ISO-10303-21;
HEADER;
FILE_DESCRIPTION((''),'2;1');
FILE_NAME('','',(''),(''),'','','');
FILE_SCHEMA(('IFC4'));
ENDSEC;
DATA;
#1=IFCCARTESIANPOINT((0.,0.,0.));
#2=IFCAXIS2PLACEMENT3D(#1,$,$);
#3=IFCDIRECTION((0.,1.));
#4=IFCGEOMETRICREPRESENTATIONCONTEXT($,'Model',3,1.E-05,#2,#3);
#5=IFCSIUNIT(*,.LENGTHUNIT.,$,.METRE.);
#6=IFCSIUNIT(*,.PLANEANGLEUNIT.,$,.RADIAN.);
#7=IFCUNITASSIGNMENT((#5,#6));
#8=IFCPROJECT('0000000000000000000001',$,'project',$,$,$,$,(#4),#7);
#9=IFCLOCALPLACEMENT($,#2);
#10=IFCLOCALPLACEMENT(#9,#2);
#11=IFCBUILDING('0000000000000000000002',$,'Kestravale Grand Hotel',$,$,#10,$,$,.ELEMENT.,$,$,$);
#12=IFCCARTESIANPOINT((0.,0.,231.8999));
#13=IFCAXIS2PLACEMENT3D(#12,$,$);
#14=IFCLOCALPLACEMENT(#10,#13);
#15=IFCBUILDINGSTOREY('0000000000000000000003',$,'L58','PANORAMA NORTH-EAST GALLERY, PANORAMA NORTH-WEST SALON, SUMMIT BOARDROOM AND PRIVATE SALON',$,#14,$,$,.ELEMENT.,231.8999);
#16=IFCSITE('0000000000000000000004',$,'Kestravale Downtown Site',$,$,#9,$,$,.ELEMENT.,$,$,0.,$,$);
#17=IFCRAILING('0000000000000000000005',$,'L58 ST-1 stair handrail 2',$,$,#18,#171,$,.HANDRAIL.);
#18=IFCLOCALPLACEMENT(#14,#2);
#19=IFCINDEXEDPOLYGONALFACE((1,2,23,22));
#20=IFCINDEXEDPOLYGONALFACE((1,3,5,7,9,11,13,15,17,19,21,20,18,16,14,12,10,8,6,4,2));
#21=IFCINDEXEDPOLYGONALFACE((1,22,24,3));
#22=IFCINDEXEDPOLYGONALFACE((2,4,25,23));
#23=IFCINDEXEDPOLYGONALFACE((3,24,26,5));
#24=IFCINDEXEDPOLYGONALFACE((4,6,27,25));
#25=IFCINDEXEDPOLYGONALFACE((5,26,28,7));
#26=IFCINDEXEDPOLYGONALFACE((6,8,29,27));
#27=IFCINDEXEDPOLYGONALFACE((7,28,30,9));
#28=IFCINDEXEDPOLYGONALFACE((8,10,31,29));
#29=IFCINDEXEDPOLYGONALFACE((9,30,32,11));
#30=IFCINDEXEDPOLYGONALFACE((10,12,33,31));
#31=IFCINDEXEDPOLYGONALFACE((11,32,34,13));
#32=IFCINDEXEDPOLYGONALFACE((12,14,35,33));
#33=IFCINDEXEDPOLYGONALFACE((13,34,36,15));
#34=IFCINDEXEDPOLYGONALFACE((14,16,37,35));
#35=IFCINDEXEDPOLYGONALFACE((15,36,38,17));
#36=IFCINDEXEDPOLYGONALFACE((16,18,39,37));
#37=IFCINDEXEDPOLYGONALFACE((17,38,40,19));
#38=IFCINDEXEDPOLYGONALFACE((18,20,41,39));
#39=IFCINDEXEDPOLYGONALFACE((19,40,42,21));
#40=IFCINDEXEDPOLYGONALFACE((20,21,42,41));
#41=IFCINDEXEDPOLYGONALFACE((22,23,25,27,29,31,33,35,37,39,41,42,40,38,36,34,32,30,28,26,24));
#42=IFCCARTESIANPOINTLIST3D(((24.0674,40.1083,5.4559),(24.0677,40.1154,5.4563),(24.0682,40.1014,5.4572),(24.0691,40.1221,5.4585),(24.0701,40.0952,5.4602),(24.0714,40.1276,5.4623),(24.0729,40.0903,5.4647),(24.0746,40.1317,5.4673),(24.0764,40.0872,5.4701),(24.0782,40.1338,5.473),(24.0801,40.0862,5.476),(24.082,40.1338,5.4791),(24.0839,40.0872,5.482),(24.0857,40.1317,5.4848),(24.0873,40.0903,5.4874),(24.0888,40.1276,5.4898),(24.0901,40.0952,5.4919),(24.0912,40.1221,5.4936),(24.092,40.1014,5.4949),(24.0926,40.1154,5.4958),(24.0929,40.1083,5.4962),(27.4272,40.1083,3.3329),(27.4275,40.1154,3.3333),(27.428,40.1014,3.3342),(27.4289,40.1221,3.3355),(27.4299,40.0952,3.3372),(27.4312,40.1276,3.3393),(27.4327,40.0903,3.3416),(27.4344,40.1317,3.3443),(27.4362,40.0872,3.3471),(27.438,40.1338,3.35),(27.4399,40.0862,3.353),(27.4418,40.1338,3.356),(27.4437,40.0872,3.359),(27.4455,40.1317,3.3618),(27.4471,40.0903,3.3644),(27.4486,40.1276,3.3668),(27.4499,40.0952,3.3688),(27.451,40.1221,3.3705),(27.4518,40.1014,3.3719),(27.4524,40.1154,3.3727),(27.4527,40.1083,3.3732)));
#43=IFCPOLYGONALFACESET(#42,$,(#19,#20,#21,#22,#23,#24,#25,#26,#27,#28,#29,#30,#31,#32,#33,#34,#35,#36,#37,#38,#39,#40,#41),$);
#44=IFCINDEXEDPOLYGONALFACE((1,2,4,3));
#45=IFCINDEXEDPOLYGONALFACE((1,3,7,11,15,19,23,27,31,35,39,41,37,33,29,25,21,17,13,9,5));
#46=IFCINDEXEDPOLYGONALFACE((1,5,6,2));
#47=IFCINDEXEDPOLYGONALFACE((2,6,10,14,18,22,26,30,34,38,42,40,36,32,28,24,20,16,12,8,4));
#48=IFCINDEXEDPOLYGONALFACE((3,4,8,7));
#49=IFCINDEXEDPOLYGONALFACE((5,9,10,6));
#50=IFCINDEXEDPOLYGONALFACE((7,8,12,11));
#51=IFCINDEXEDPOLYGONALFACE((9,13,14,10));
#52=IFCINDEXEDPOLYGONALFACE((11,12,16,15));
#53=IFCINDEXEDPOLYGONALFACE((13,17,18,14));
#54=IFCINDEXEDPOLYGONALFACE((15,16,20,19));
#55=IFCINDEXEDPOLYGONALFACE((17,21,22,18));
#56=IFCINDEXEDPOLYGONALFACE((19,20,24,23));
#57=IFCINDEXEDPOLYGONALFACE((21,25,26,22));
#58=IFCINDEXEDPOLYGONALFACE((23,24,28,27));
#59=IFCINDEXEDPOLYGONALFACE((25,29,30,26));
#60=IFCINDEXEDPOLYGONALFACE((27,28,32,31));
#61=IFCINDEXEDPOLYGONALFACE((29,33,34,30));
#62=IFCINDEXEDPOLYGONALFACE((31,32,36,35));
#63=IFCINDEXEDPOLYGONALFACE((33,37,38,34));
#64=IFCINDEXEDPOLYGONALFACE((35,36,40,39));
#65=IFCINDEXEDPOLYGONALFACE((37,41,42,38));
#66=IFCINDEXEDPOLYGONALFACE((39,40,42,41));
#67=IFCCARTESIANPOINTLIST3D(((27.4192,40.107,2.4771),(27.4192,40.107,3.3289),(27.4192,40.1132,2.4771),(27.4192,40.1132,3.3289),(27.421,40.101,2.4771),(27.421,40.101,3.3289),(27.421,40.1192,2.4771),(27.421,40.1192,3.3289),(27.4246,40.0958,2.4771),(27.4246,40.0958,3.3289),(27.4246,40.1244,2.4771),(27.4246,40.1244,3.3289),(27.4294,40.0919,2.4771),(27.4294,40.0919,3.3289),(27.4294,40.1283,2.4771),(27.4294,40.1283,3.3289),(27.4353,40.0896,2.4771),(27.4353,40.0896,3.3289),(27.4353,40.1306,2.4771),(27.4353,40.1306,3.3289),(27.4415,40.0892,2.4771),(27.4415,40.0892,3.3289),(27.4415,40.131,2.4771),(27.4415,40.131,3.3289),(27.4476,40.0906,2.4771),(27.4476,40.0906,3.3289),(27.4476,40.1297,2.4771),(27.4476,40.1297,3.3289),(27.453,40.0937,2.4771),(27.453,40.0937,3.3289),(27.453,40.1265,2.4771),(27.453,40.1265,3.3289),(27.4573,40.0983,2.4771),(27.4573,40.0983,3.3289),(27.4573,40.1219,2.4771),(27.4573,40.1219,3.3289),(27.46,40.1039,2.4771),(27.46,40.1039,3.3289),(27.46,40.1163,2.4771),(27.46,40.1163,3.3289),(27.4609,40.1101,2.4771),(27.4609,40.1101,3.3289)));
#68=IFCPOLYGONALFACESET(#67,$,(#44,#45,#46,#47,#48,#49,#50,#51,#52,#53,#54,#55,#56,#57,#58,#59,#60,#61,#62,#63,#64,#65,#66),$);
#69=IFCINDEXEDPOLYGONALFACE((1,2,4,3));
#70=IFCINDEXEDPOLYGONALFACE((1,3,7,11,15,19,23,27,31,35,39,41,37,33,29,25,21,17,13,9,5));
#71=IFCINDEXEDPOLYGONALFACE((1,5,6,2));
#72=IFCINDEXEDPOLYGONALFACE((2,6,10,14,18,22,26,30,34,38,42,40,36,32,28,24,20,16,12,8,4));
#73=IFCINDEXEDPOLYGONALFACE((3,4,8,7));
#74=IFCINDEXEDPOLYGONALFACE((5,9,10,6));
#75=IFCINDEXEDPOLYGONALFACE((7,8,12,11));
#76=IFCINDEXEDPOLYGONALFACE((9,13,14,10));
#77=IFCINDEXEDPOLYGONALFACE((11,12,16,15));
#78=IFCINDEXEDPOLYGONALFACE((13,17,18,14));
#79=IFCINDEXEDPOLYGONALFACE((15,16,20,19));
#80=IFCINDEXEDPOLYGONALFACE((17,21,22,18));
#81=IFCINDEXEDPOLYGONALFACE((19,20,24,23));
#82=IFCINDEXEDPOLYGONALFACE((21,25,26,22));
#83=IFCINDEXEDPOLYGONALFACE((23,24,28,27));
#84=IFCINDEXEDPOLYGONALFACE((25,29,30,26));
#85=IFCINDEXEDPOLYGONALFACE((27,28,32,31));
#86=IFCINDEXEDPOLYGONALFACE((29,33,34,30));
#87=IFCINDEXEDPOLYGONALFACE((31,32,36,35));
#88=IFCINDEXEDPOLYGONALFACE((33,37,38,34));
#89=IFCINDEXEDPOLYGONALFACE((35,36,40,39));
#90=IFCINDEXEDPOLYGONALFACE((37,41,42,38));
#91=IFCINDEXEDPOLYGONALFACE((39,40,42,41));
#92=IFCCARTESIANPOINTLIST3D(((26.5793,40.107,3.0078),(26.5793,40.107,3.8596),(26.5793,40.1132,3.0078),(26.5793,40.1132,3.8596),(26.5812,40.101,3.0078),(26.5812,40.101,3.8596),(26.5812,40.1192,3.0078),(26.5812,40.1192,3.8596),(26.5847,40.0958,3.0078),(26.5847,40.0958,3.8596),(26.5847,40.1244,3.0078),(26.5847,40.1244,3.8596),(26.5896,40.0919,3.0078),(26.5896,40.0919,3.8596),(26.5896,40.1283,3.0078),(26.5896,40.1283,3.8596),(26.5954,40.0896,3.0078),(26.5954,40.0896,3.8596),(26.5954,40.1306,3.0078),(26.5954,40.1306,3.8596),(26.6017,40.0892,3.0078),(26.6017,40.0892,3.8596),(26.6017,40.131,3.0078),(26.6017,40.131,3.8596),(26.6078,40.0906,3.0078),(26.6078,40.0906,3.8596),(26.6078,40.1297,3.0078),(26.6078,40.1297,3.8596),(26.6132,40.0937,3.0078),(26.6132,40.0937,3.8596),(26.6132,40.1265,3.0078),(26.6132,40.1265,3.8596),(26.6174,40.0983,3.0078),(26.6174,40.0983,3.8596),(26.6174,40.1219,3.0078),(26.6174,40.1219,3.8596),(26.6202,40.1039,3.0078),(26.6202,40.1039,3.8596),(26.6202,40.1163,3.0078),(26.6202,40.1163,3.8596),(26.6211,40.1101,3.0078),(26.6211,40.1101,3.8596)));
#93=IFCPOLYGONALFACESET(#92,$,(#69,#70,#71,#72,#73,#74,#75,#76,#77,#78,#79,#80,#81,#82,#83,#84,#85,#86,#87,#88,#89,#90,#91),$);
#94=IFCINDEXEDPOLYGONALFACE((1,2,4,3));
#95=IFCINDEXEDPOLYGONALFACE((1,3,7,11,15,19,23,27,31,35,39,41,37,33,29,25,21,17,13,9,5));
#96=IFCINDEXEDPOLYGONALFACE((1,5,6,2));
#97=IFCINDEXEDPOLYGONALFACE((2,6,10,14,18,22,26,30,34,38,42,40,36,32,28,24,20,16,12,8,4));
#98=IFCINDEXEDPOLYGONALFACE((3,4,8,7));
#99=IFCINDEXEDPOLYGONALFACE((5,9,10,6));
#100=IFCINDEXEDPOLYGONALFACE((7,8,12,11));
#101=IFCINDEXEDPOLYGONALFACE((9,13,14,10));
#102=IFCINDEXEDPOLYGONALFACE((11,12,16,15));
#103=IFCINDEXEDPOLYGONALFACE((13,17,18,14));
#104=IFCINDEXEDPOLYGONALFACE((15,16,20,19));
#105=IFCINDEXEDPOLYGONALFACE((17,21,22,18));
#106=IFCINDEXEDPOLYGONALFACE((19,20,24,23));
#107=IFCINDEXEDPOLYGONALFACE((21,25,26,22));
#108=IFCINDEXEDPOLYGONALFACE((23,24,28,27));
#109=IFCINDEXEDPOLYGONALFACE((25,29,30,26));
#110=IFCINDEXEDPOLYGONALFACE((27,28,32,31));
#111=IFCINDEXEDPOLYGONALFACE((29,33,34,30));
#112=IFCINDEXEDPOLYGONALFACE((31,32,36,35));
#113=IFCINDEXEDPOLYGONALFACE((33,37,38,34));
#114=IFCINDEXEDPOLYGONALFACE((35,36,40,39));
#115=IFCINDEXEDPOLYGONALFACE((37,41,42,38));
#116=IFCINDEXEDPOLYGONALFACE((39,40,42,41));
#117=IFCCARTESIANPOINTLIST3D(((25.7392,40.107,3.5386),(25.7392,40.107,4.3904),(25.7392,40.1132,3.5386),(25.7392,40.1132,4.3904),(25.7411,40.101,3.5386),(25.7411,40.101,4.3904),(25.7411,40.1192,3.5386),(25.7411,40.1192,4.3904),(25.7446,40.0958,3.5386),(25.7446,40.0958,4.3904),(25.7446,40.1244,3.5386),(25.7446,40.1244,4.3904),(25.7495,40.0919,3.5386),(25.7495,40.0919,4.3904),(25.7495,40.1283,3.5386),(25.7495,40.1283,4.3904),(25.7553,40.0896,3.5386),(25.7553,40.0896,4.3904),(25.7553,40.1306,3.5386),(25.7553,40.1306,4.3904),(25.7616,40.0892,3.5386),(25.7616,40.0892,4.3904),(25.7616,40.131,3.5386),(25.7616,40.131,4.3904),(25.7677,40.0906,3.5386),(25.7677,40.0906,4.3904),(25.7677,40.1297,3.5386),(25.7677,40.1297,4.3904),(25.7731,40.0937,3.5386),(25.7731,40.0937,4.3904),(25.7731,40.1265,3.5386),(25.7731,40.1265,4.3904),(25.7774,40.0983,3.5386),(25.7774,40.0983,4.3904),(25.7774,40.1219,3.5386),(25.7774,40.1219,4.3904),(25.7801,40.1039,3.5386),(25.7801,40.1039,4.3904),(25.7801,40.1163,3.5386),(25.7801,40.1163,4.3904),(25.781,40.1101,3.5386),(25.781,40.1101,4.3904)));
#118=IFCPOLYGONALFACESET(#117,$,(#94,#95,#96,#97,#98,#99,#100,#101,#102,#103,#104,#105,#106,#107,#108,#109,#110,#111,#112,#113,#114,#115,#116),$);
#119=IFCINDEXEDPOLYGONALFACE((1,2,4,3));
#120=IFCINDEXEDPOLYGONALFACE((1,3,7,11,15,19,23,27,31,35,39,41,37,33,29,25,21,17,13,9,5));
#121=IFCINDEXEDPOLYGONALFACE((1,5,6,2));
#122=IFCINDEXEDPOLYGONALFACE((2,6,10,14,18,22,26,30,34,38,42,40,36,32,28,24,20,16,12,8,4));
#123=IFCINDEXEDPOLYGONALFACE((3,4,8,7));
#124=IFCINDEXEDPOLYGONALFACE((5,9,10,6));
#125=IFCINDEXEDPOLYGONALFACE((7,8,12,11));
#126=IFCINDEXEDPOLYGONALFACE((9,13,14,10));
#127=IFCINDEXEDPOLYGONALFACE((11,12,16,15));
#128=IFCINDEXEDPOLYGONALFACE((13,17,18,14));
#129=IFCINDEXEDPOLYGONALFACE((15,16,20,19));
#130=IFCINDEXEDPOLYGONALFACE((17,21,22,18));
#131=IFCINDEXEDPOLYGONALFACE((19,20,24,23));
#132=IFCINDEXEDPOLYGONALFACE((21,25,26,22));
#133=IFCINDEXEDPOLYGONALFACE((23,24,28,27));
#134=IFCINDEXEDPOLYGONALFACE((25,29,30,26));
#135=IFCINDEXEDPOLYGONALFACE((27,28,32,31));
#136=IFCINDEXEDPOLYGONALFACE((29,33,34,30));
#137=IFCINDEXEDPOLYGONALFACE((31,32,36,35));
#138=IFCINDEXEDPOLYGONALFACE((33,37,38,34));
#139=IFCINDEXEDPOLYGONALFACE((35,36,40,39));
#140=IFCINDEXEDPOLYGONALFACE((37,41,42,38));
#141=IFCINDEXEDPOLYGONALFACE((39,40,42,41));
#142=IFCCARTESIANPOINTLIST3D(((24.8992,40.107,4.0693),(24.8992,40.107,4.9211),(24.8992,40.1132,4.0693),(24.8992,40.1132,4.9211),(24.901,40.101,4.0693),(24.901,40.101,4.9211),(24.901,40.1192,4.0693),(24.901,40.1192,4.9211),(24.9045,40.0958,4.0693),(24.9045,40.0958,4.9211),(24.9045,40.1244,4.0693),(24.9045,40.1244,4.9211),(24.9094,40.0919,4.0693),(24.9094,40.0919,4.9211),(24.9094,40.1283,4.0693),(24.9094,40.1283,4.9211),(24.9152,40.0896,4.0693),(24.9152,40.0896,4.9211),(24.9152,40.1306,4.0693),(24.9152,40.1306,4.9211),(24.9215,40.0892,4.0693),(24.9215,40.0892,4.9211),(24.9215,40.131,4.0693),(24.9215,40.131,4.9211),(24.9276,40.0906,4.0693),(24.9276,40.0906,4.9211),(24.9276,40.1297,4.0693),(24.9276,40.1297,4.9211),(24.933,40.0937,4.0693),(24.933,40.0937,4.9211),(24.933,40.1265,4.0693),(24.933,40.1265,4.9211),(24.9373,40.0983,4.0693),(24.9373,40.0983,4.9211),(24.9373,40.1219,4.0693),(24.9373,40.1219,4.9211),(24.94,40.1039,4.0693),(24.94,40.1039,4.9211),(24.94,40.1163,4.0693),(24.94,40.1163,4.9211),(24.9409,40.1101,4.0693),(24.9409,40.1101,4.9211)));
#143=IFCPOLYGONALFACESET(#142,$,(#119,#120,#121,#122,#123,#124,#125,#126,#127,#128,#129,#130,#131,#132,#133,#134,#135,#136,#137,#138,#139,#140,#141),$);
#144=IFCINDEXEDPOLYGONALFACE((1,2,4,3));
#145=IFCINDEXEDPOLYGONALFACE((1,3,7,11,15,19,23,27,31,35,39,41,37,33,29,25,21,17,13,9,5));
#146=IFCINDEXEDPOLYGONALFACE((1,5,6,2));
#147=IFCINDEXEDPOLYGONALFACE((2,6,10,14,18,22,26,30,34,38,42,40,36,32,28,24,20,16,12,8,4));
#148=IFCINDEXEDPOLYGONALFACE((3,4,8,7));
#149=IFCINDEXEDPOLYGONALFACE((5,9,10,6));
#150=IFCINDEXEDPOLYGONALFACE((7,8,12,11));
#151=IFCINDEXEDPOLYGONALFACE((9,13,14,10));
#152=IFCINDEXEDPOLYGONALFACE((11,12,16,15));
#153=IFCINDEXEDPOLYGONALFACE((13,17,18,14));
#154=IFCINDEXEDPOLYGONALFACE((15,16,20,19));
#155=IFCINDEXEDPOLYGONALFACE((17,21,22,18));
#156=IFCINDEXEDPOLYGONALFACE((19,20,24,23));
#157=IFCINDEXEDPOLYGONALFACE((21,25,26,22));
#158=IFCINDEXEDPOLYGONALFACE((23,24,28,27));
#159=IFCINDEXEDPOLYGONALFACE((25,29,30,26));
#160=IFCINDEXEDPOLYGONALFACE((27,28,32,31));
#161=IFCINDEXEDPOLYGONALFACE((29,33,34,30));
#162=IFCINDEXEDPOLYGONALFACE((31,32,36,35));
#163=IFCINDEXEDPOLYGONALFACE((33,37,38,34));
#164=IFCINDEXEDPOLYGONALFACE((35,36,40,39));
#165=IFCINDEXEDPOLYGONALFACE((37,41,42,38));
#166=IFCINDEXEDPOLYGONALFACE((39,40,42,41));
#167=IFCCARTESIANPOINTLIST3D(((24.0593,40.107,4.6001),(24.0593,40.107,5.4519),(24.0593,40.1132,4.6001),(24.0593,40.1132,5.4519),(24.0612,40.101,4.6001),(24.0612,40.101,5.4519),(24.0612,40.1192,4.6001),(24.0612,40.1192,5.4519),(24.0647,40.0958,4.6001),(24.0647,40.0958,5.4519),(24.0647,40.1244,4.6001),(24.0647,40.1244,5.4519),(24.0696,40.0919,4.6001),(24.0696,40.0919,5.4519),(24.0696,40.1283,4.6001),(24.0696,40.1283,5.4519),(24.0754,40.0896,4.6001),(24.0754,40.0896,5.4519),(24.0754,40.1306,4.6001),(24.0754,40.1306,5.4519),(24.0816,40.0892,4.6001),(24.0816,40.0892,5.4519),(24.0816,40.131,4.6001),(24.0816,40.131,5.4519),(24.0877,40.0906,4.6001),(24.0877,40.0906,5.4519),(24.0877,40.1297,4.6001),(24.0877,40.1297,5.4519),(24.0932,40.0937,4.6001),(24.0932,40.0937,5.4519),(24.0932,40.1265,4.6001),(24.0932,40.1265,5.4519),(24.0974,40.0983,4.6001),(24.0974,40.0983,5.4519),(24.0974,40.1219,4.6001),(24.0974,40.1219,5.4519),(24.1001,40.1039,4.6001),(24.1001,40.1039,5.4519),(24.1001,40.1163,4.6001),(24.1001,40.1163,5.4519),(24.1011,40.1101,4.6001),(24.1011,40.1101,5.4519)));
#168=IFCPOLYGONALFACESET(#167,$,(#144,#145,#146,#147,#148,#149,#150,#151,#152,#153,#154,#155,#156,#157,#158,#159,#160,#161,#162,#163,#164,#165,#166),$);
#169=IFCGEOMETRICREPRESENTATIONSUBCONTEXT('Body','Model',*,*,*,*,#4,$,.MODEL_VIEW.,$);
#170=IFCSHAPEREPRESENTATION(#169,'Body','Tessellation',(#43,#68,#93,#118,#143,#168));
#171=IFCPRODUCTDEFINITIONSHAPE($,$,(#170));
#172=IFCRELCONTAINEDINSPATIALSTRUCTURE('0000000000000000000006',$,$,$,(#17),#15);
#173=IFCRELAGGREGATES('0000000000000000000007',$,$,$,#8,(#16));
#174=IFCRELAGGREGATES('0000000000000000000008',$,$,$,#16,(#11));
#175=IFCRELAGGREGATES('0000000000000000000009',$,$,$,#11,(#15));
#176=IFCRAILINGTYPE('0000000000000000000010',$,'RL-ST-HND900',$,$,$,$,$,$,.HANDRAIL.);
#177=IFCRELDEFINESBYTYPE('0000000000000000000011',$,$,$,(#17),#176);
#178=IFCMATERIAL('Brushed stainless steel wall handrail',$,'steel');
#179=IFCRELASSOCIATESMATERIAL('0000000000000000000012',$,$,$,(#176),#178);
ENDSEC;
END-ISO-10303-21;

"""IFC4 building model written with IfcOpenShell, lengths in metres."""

from ifc_helpers import new_model, si_unit, direction, frame, origin, origin_2d, place, context, subcontext, project, spatial, circle, extrude, material, type_object, element, save


model = new_model("IFC4")

# Units and contexts
model_context = context("Model", 3, precision=1e-05, world=origin(), true_north=direction((0.0, 1.0)))
body_context = subcontext(model_context, "Body", "Model", "MODEL_VIEW")
ifc_project = project(units=[si_unit("LENGTHUNIT", "METRE"), si_unit("PLANEANGLEUNIT", "RADIAN")], contexts=[model_context])

# Site, building, storey
site_placement = place(None, origin())
site = spatial("IfcSite", under=ifc_project, at=site_placement, Name="Kestravale Downtown Site", CompositionType="ELEMENT", RefElevation=0.0)
building_placement = place(site_placement, origin())
building = spatial("IfcBuilding", under=site, at=building_placement, Name="Kestravale Grand Hotel", CompositionType="ELEMENT")
storey_placement = place(building_placement, frame((0.0, 0.0, 231.8999)))
storey = spatial("IfcBuildingStorey", under=building, at=storey_placement, Name="L58", Description="PANORAMA NORTH-EAST GALLERY, PANORAMA NORTH-WEST SALON, SUMMIT BOARDROOM AND PRIVATE SALON", CompositionType="ELEMENT", Elevation=231.8999)

# Railing
ifc_material_1 = material(Name="Brushed stainless steel wall handrail", Category="steel")
railing_type_1 = type_object("IfcRailingType", Name="RL-ST-HND900", PredefinedType="HANDRAIL", material=ifc_material_1)
railing_1_placement = place(storey_placement, frame((27.4399, 40.1101, 2.4771)))
element("IfcRailing", 1, at=railing_1_placement, inside=storey, type_object=railing_type_1, Name="L58 ST-1 stair handrail 2", PredefinedType="HANDRAIL", context=body_context, shape_type="SweptSolid", body=[
    extrude(circle(Radius=0.0239, at=origin_2d()), frame((0.0, 0.0, 0.876), z_axis=(-0.845372, 0.0, 0.534178), x_axis=(0.0, -1.0, 0.0)), (0.0, 0.0, 1.0), 3.9744),
    extrude(circle(Radius=0.021, at=origin_2d()), origin(), (0.0, 0.0, 1.0), 0.8518),
    extrude(circle(Radius=0.021, at=origin_2d()), frame((-0.8398, 0.0, 0.5308)), (0.0, 0.0, 1.0), 0.8518),
    extrude(circle(Radius=0.021, at=origin_2d()), frame((-1.6799, 0.0, 1.0615)), (0.0, 0.0, 1.0), 0.8518),
    extrude(circle(Radius=0.021, at=origin_2d()), frame((-2.52, 0.0, 1.5923)), (0.0, 0.0, 1.0), 0.8518),
    extrude(circle(Radius=0.021, at=origin_2d()), frame((-3.3599, 0.0, 2.123)), (0.0, 0.0, 1.0), 0.8518),
])

save(model, "model.ifc")
